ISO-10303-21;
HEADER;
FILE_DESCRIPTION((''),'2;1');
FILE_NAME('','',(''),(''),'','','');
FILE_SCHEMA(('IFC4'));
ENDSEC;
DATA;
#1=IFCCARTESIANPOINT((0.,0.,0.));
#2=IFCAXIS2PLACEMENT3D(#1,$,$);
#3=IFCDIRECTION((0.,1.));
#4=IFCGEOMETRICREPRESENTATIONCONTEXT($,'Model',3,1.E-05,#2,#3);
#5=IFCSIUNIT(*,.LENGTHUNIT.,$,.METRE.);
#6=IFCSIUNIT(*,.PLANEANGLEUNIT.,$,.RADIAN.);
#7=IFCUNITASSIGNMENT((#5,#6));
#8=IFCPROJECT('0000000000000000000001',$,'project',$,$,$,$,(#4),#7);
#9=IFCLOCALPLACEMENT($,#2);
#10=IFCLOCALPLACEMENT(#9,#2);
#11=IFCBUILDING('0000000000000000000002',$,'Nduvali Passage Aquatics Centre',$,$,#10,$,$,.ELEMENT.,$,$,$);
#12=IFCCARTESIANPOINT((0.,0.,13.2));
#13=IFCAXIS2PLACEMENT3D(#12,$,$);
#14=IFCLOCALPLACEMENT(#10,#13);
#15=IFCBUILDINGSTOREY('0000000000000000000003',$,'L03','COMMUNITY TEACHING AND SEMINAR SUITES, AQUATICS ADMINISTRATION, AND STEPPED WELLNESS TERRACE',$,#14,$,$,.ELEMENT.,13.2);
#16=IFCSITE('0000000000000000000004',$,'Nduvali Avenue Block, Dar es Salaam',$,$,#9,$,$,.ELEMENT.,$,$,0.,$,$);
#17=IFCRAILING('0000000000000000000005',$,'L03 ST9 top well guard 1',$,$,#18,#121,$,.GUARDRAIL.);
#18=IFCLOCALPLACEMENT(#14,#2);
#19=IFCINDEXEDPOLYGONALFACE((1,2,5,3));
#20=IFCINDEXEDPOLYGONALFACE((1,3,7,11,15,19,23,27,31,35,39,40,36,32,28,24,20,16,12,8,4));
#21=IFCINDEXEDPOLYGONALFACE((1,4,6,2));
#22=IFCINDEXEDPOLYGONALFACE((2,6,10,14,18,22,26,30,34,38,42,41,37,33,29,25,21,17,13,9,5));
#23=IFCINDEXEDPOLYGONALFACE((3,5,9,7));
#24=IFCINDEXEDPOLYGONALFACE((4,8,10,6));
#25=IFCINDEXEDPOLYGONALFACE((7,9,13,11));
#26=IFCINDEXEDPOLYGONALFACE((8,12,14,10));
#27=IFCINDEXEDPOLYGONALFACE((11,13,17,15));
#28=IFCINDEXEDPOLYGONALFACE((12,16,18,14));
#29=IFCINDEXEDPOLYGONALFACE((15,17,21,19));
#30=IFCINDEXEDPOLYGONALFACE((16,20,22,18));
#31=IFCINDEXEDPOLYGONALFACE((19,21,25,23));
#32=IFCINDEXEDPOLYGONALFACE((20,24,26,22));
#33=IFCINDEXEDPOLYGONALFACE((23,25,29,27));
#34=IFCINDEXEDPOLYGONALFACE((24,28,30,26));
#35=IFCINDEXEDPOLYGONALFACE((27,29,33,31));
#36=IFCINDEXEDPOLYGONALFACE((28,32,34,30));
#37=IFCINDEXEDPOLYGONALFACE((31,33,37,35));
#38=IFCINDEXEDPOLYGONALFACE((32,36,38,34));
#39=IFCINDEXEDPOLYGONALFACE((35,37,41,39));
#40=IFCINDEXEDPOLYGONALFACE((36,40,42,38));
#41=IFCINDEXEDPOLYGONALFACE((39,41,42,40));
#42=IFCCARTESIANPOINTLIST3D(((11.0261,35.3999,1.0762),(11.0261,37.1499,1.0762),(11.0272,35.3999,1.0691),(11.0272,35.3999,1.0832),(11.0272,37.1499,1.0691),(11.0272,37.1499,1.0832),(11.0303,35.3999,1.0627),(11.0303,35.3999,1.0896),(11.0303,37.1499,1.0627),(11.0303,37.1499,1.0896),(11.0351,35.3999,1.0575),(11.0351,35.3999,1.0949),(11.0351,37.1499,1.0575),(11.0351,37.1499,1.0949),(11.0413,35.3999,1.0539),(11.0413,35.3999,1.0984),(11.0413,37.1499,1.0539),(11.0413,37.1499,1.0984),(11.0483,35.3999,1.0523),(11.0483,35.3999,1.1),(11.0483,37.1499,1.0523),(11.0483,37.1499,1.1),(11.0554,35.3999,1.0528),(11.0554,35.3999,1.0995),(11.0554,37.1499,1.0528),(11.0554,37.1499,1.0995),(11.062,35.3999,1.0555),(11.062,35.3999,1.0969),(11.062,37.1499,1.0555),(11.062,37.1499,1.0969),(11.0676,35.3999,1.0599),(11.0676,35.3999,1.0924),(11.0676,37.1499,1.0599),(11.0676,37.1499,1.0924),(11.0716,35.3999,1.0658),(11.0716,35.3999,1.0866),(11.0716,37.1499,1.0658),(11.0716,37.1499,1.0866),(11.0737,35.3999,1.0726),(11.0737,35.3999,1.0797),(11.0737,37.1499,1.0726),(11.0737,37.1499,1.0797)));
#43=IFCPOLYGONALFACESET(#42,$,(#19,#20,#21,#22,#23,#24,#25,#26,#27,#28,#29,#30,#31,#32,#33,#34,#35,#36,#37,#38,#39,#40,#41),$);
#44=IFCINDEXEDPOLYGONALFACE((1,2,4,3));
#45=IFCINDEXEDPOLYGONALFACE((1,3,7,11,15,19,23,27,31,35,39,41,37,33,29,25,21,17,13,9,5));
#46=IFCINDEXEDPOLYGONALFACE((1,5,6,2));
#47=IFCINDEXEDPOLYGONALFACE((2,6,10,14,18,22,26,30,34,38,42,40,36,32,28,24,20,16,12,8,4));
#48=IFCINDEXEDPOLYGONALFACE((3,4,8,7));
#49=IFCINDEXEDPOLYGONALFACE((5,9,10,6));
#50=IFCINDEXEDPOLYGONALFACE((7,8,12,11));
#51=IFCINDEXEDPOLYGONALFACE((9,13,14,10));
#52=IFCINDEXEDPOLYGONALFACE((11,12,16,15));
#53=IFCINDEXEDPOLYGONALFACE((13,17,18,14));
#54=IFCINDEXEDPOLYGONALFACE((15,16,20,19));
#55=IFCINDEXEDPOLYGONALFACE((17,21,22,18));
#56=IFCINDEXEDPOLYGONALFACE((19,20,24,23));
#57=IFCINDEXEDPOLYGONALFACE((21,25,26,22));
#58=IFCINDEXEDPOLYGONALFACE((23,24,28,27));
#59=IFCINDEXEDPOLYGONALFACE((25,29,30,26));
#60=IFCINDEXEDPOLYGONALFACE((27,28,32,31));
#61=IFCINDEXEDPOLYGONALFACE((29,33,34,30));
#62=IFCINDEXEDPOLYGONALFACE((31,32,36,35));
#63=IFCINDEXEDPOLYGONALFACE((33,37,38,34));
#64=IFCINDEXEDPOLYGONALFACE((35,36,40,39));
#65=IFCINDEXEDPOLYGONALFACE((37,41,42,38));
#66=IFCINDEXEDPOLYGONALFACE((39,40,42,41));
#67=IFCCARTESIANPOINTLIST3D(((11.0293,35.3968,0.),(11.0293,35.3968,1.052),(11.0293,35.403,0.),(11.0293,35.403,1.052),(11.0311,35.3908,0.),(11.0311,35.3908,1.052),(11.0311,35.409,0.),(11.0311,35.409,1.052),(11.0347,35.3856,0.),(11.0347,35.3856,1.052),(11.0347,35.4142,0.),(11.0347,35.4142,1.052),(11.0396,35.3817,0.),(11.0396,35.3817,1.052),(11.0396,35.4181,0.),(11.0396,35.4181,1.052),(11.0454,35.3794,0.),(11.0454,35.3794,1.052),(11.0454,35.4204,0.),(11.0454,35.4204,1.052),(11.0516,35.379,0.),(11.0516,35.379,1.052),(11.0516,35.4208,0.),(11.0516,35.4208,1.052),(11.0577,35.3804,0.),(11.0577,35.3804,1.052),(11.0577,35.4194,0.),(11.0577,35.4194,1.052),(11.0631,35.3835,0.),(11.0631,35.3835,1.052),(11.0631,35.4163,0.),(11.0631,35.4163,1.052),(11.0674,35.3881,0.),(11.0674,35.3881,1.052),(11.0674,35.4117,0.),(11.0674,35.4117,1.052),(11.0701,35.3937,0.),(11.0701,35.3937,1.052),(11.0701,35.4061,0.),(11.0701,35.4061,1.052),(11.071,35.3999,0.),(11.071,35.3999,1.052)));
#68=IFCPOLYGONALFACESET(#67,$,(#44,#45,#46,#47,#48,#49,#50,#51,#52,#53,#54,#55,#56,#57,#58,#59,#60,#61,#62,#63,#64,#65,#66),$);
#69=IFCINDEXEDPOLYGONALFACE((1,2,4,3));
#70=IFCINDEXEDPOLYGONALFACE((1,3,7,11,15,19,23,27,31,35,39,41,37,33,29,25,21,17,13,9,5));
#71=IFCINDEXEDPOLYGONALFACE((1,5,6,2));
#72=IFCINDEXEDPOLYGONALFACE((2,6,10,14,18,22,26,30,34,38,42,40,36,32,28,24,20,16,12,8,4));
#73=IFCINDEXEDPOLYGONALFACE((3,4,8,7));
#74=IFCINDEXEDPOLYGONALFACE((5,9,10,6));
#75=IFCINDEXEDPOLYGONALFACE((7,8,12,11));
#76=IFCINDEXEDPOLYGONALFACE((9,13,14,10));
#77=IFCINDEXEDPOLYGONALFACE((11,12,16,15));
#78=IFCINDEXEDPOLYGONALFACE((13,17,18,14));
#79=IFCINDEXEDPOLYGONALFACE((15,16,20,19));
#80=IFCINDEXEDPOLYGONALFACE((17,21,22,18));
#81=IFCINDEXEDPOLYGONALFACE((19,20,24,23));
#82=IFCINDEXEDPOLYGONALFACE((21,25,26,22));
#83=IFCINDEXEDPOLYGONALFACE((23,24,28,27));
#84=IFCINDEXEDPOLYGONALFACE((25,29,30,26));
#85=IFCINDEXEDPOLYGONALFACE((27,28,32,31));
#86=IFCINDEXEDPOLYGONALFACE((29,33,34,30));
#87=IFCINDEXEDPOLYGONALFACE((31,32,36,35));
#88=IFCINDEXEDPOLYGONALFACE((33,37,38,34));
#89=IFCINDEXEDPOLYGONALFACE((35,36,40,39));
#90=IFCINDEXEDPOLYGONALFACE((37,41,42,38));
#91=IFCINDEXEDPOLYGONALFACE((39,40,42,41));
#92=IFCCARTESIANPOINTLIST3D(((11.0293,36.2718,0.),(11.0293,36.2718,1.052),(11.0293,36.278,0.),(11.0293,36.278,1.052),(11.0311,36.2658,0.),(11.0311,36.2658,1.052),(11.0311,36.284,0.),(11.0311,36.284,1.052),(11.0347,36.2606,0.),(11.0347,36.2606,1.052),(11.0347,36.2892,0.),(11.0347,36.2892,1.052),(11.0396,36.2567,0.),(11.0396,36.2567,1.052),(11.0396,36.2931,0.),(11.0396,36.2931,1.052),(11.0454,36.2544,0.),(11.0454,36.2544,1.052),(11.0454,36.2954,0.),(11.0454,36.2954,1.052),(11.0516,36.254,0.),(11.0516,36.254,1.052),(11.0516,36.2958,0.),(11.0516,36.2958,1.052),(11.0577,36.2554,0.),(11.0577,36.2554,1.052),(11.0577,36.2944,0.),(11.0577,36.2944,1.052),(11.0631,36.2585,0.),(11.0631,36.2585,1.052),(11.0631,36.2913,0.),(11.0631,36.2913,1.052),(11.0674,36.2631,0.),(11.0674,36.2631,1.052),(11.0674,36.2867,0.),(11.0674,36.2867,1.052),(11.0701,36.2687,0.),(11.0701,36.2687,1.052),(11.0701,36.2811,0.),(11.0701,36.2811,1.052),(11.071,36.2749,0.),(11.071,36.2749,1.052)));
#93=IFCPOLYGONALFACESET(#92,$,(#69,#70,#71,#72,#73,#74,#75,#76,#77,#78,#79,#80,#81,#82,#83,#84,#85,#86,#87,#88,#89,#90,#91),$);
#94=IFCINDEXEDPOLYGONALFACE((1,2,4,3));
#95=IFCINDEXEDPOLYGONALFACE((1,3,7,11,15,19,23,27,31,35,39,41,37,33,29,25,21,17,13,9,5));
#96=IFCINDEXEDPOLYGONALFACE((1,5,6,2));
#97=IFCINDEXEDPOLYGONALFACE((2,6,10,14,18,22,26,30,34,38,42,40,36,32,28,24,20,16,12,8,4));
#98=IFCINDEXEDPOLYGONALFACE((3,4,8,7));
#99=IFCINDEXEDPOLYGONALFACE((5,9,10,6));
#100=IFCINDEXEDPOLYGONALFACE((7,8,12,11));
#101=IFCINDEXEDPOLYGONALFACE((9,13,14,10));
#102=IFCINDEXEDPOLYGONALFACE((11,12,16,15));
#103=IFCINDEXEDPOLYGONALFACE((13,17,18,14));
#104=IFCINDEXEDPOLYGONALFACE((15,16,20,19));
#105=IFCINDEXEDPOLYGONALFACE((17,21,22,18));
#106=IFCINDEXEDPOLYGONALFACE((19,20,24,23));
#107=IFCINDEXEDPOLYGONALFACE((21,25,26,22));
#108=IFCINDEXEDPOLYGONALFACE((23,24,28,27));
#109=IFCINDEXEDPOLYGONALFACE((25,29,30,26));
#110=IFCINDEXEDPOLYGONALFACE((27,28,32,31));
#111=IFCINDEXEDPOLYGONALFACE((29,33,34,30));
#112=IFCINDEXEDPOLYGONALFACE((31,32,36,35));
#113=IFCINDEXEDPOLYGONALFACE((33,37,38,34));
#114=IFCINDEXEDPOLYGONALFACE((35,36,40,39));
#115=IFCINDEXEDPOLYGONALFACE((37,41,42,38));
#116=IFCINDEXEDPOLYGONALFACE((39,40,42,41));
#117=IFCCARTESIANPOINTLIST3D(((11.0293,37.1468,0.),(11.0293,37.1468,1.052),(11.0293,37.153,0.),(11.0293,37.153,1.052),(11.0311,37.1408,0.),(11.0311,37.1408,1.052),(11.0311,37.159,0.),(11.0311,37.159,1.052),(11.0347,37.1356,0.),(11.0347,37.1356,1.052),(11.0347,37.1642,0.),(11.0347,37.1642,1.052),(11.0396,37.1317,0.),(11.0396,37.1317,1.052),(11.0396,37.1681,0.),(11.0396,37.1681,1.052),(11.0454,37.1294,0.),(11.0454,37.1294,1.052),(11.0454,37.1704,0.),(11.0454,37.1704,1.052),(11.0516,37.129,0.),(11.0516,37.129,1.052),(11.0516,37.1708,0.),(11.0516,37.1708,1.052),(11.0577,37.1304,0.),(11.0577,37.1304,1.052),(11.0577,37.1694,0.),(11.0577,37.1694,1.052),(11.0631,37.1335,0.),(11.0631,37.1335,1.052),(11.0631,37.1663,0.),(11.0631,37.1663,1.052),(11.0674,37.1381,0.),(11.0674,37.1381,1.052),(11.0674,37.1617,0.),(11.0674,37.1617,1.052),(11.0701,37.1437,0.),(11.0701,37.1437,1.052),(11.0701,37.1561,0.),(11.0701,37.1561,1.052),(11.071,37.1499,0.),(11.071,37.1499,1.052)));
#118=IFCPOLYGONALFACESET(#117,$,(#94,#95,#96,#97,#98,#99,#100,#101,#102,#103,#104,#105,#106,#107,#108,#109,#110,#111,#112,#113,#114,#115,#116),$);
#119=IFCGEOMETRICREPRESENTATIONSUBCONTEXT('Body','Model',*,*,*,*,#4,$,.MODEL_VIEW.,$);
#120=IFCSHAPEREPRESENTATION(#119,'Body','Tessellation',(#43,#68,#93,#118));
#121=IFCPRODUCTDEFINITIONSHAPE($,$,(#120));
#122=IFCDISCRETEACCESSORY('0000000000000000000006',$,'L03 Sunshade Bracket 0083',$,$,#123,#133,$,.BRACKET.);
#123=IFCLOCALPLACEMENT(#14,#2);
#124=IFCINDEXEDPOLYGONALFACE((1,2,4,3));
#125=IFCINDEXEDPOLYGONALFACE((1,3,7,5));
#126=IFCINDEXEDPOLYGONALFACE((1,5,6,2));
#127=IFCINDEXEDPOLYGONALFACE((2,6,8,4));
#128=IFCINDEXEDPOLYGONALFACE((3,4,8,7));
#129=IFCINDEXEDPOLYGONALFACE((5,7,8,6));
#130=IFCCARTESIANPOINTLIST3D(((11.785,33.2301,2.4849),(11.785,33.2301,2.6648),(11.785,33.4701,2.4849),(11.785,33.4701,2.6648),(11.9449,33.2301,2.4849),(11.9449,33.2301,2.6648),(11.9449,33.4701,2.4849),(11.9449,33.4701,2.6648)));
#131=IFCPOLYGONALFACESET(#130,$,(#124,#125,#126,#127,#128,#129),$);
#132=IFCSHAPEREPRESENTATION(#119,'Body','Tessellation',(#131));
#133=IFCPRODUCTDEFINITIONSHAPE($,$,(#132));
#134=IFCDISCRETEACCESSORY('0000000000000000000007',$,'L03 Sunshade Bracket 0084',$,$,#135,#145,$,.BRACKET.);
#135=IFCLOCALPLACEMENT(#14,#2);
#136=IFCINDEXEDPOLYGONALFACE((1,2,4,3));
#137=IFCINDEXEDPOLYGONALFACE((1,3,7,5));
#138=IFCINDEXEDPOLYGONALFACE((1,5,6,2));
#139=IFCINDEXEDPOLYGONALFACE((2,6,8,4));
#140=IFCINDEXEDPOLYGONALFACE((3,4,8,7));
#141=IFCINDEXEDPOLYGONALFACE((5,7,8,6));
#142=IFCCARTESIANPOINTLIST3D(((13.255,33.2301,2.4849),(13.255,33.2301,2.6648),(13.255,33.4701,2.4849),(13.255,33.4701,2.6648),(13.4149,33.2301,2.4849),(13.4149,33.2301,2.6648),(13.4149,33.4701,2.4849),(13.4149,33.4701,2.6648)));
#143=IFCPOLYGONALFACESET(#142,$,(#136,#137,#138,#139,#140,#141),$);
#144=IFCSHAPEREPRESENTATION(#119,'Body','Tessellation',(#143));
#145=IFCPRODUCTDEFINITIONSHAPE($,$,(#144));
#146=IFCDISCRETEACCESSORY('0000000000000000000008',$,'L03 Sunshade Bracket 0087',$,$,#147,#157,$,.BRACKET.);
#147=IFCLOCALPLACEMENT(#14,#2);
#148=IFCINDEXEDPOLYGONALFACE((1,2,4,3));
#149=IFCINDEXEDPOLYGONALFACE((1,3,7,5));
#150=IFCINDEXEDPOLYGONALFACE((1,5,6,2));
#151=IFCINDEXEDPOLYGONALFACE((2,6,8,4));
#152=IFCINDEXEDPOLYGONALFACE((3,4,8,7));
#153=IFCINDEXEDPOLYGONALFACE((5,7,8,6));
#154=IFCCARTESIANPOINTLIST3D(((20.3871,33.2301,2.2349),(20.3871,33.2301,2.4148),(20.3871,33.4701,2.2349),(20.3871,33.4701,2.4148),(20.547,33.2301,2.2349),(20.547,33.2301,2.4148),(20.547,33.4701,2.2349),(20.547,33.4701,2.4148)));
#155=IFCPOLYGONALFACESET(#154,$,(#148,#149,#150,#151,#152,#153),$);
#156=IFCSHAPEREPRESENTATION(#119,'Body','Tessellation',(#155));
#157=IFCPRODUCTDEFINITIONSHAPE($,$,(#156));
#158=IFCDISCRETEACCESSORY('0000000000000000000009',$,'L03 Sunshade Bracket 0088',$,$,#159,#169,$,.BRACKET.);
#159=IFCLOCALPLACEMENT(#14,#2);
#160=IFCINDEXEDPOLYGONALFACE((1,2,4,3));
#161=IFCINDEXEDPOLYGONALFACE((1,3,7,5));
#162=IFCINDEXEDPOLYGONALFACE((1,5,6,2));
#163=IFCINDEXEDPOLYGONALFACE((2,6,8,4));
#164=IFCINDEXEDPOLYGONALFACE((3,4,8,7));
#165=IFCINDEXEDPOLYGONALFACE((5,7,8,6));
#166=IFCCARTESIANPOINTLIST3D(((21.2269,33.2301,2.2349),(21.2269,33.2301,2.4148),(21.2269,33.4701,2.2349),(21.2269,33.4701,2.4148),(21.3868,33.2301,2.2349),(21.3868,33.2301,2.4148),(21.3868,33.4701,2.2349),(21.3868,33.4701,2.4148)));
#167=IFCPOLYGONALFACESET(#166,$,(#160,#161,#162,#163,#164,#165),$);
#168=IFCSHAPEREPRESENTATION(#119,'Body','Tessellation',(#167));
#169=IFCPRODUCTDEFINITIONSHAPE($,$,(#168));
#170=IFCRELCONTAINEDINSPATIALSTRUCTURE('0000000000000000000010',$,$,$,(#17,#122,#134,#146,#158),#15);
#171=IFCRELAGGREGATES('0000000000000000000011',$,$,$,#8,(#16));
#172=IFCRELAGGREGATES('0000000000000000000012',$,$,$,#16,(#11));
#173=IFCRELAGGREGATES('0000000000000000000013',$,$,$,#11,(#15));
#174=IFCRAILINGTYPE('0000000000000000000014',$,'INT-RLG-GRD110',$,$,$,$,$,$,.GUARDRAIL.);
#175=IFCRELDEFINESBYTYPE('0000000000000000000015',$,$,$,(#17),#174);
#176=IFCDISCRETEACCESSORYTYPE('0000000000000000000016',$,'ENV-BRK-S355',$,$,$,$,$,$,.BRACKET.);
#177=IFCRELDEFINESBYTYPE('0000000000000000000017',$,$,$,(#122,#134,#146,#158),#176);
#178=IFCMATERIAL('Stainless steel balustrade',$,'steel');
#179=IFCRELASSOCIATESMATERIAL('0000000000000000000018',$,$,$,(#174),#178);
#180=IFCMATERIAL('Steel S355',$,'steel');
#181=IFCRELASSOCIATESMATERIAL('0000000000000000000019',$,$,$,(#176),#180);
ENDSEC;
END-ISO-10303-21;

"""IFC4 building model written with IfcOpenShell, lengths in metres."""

from ifc_helpers import new_model, si_unit, direction, frame, origin, origin_2d, place, context, subcontext, project, spatial, rectangle, circle, extrude, material, type_object, element, save


model = new_model("IFC4")

# Units and contexts
model_context = context("Model", 3, precision=1e-05, world=origin(), true_north=direction((0.0, 1.0)))
body_context = subcontext(model_context, "Body", "Model", "MODEL_VIEW")
ifc_project = project(units=[si_unit("LENGTHUNIT", "METRE"), si_unit("PLANEANGLEUNIT", "RADIAN")], contexts=[model_context])

# Site, building, storey
site_placement = place(None, origin())
site = spatial("IfcSite", under=ifc_project, at=site_placement, Name="Nduvali Avenue Block, Dar es Salaam", CompositionType="ELEMENT", RefElevation=0.0)
building_placement = place(site_placement, origin())
building = spatial("IfcBuilding", under=site, at=building_placement, Name="Nduvali Passage Aquatics Centre", CompositionType="ELEMENT")
storey_placement = place(building_placement, frame((0.0, 0.0, 13.2)))
storey = spatial("IfcBuildingStorey", under=building, at=storey_placement, Name="L03", Description="COMMUNITY TEACHING AND SEMINAR SUITES, AQUATICS ADMINISTRATION, AND STEPPED WELLNESS TERRACE", CompositionType="ELEMENT", Elevation=13.2)

# Shared definitions
ifc_material_1 = material(Name="Steel S355", Category="steel")

# Railing
ifc_material_2 = material(Name="Stainless steel balustrade", Category="steel")
railing_type = type_object("IfcRailingType", Name="INT-RLG-GRD110", PredefinedType="GUARDRAIL", material=ifc_material_2)
railing_1_placement = place(storey_placement, frame((11.05, 35.3999, 0.0)))
element("IfcRailing", 1, at=railing_1_placement, inside=storey, type_object=railing_type, Name="L03 ST9 top well guard 1", PredefinedType="GUARDRAIL", context=body_context, shape_type="SweptSolid", body=[
    extrude(circle(Radius=0.0239, at=origin_2d()), frame((0.0, 0.0, 1.0762), z_axis=(0.0, 1.0, 0.0), x_axis=(-1.0, 0.0, 0.0)), (0.0, 0.0, 1.0), 1.75),
    extrude(circle(Radius=0.021, at=origin_2d()), origin(), (0.0, 0.0, 1.0), 1.052),
    extrude(circle(Radius=0.021, at=origin_2d()), frame((0.0, 0.875, 0.0)), (0.0, 0.0, 1.0), 1.052),
    extrude(circle(Radius=0.021, at=origin_2d()), frame((0.0, 1.75, 0.0)), (0.0, 0.0, 1.0), 1.052),
])

# Discrete accessories
discrete_accessory_type = type_object("IfcDiscreteAccessoryType", Name="ENV-BRK-S355", PredefinedType="BRACKET", material=ifc_material_1)
for number, where, z_axis, x_axis, name in (
    (2, (11.865, 33.3501, 2.4849), (0.0, 0.0, 1.0), (1.0, 0.0, 0.0), "L03 Sunshade Bracket 0083"),
    (3, (13.335, 33.3501, 2.4849), (0.0, 0.0, 1.0), (1.0, 0.0, 0.0), "L03 Sunshade Bracket 0084"),
    (4, (20.467, 33.3501, 2.2349), (0.0, 0.0, 1.0), (1.0, 0.0, 0.0), "L03 Sunshade Bracket 0087"),
    (5, (21.3069, 33.3501, 2.2349), (0.0, 0.0, 1.0), (1.0, 0.0, 0.0), "L03 Sunshade Bracket 0088"),
):
    element("IfcDiscreteAccessory", number, at=place(storey_placement, frame(where, z_axis=z_axis, x_axis=x_axis)), inside=storey, type_object=discrete_accessory_type, Name=name, PredefinedType="BRACKET", context=body_context, shape_type="SweptSolid", body=[
        extrude(rectangle(XDim=0.1599, YDim=0.24, at=origin_2d()), origin(), (0.0, 0.0, 1.0), 0.1799),
    ])

save(model, "model.ifc")
